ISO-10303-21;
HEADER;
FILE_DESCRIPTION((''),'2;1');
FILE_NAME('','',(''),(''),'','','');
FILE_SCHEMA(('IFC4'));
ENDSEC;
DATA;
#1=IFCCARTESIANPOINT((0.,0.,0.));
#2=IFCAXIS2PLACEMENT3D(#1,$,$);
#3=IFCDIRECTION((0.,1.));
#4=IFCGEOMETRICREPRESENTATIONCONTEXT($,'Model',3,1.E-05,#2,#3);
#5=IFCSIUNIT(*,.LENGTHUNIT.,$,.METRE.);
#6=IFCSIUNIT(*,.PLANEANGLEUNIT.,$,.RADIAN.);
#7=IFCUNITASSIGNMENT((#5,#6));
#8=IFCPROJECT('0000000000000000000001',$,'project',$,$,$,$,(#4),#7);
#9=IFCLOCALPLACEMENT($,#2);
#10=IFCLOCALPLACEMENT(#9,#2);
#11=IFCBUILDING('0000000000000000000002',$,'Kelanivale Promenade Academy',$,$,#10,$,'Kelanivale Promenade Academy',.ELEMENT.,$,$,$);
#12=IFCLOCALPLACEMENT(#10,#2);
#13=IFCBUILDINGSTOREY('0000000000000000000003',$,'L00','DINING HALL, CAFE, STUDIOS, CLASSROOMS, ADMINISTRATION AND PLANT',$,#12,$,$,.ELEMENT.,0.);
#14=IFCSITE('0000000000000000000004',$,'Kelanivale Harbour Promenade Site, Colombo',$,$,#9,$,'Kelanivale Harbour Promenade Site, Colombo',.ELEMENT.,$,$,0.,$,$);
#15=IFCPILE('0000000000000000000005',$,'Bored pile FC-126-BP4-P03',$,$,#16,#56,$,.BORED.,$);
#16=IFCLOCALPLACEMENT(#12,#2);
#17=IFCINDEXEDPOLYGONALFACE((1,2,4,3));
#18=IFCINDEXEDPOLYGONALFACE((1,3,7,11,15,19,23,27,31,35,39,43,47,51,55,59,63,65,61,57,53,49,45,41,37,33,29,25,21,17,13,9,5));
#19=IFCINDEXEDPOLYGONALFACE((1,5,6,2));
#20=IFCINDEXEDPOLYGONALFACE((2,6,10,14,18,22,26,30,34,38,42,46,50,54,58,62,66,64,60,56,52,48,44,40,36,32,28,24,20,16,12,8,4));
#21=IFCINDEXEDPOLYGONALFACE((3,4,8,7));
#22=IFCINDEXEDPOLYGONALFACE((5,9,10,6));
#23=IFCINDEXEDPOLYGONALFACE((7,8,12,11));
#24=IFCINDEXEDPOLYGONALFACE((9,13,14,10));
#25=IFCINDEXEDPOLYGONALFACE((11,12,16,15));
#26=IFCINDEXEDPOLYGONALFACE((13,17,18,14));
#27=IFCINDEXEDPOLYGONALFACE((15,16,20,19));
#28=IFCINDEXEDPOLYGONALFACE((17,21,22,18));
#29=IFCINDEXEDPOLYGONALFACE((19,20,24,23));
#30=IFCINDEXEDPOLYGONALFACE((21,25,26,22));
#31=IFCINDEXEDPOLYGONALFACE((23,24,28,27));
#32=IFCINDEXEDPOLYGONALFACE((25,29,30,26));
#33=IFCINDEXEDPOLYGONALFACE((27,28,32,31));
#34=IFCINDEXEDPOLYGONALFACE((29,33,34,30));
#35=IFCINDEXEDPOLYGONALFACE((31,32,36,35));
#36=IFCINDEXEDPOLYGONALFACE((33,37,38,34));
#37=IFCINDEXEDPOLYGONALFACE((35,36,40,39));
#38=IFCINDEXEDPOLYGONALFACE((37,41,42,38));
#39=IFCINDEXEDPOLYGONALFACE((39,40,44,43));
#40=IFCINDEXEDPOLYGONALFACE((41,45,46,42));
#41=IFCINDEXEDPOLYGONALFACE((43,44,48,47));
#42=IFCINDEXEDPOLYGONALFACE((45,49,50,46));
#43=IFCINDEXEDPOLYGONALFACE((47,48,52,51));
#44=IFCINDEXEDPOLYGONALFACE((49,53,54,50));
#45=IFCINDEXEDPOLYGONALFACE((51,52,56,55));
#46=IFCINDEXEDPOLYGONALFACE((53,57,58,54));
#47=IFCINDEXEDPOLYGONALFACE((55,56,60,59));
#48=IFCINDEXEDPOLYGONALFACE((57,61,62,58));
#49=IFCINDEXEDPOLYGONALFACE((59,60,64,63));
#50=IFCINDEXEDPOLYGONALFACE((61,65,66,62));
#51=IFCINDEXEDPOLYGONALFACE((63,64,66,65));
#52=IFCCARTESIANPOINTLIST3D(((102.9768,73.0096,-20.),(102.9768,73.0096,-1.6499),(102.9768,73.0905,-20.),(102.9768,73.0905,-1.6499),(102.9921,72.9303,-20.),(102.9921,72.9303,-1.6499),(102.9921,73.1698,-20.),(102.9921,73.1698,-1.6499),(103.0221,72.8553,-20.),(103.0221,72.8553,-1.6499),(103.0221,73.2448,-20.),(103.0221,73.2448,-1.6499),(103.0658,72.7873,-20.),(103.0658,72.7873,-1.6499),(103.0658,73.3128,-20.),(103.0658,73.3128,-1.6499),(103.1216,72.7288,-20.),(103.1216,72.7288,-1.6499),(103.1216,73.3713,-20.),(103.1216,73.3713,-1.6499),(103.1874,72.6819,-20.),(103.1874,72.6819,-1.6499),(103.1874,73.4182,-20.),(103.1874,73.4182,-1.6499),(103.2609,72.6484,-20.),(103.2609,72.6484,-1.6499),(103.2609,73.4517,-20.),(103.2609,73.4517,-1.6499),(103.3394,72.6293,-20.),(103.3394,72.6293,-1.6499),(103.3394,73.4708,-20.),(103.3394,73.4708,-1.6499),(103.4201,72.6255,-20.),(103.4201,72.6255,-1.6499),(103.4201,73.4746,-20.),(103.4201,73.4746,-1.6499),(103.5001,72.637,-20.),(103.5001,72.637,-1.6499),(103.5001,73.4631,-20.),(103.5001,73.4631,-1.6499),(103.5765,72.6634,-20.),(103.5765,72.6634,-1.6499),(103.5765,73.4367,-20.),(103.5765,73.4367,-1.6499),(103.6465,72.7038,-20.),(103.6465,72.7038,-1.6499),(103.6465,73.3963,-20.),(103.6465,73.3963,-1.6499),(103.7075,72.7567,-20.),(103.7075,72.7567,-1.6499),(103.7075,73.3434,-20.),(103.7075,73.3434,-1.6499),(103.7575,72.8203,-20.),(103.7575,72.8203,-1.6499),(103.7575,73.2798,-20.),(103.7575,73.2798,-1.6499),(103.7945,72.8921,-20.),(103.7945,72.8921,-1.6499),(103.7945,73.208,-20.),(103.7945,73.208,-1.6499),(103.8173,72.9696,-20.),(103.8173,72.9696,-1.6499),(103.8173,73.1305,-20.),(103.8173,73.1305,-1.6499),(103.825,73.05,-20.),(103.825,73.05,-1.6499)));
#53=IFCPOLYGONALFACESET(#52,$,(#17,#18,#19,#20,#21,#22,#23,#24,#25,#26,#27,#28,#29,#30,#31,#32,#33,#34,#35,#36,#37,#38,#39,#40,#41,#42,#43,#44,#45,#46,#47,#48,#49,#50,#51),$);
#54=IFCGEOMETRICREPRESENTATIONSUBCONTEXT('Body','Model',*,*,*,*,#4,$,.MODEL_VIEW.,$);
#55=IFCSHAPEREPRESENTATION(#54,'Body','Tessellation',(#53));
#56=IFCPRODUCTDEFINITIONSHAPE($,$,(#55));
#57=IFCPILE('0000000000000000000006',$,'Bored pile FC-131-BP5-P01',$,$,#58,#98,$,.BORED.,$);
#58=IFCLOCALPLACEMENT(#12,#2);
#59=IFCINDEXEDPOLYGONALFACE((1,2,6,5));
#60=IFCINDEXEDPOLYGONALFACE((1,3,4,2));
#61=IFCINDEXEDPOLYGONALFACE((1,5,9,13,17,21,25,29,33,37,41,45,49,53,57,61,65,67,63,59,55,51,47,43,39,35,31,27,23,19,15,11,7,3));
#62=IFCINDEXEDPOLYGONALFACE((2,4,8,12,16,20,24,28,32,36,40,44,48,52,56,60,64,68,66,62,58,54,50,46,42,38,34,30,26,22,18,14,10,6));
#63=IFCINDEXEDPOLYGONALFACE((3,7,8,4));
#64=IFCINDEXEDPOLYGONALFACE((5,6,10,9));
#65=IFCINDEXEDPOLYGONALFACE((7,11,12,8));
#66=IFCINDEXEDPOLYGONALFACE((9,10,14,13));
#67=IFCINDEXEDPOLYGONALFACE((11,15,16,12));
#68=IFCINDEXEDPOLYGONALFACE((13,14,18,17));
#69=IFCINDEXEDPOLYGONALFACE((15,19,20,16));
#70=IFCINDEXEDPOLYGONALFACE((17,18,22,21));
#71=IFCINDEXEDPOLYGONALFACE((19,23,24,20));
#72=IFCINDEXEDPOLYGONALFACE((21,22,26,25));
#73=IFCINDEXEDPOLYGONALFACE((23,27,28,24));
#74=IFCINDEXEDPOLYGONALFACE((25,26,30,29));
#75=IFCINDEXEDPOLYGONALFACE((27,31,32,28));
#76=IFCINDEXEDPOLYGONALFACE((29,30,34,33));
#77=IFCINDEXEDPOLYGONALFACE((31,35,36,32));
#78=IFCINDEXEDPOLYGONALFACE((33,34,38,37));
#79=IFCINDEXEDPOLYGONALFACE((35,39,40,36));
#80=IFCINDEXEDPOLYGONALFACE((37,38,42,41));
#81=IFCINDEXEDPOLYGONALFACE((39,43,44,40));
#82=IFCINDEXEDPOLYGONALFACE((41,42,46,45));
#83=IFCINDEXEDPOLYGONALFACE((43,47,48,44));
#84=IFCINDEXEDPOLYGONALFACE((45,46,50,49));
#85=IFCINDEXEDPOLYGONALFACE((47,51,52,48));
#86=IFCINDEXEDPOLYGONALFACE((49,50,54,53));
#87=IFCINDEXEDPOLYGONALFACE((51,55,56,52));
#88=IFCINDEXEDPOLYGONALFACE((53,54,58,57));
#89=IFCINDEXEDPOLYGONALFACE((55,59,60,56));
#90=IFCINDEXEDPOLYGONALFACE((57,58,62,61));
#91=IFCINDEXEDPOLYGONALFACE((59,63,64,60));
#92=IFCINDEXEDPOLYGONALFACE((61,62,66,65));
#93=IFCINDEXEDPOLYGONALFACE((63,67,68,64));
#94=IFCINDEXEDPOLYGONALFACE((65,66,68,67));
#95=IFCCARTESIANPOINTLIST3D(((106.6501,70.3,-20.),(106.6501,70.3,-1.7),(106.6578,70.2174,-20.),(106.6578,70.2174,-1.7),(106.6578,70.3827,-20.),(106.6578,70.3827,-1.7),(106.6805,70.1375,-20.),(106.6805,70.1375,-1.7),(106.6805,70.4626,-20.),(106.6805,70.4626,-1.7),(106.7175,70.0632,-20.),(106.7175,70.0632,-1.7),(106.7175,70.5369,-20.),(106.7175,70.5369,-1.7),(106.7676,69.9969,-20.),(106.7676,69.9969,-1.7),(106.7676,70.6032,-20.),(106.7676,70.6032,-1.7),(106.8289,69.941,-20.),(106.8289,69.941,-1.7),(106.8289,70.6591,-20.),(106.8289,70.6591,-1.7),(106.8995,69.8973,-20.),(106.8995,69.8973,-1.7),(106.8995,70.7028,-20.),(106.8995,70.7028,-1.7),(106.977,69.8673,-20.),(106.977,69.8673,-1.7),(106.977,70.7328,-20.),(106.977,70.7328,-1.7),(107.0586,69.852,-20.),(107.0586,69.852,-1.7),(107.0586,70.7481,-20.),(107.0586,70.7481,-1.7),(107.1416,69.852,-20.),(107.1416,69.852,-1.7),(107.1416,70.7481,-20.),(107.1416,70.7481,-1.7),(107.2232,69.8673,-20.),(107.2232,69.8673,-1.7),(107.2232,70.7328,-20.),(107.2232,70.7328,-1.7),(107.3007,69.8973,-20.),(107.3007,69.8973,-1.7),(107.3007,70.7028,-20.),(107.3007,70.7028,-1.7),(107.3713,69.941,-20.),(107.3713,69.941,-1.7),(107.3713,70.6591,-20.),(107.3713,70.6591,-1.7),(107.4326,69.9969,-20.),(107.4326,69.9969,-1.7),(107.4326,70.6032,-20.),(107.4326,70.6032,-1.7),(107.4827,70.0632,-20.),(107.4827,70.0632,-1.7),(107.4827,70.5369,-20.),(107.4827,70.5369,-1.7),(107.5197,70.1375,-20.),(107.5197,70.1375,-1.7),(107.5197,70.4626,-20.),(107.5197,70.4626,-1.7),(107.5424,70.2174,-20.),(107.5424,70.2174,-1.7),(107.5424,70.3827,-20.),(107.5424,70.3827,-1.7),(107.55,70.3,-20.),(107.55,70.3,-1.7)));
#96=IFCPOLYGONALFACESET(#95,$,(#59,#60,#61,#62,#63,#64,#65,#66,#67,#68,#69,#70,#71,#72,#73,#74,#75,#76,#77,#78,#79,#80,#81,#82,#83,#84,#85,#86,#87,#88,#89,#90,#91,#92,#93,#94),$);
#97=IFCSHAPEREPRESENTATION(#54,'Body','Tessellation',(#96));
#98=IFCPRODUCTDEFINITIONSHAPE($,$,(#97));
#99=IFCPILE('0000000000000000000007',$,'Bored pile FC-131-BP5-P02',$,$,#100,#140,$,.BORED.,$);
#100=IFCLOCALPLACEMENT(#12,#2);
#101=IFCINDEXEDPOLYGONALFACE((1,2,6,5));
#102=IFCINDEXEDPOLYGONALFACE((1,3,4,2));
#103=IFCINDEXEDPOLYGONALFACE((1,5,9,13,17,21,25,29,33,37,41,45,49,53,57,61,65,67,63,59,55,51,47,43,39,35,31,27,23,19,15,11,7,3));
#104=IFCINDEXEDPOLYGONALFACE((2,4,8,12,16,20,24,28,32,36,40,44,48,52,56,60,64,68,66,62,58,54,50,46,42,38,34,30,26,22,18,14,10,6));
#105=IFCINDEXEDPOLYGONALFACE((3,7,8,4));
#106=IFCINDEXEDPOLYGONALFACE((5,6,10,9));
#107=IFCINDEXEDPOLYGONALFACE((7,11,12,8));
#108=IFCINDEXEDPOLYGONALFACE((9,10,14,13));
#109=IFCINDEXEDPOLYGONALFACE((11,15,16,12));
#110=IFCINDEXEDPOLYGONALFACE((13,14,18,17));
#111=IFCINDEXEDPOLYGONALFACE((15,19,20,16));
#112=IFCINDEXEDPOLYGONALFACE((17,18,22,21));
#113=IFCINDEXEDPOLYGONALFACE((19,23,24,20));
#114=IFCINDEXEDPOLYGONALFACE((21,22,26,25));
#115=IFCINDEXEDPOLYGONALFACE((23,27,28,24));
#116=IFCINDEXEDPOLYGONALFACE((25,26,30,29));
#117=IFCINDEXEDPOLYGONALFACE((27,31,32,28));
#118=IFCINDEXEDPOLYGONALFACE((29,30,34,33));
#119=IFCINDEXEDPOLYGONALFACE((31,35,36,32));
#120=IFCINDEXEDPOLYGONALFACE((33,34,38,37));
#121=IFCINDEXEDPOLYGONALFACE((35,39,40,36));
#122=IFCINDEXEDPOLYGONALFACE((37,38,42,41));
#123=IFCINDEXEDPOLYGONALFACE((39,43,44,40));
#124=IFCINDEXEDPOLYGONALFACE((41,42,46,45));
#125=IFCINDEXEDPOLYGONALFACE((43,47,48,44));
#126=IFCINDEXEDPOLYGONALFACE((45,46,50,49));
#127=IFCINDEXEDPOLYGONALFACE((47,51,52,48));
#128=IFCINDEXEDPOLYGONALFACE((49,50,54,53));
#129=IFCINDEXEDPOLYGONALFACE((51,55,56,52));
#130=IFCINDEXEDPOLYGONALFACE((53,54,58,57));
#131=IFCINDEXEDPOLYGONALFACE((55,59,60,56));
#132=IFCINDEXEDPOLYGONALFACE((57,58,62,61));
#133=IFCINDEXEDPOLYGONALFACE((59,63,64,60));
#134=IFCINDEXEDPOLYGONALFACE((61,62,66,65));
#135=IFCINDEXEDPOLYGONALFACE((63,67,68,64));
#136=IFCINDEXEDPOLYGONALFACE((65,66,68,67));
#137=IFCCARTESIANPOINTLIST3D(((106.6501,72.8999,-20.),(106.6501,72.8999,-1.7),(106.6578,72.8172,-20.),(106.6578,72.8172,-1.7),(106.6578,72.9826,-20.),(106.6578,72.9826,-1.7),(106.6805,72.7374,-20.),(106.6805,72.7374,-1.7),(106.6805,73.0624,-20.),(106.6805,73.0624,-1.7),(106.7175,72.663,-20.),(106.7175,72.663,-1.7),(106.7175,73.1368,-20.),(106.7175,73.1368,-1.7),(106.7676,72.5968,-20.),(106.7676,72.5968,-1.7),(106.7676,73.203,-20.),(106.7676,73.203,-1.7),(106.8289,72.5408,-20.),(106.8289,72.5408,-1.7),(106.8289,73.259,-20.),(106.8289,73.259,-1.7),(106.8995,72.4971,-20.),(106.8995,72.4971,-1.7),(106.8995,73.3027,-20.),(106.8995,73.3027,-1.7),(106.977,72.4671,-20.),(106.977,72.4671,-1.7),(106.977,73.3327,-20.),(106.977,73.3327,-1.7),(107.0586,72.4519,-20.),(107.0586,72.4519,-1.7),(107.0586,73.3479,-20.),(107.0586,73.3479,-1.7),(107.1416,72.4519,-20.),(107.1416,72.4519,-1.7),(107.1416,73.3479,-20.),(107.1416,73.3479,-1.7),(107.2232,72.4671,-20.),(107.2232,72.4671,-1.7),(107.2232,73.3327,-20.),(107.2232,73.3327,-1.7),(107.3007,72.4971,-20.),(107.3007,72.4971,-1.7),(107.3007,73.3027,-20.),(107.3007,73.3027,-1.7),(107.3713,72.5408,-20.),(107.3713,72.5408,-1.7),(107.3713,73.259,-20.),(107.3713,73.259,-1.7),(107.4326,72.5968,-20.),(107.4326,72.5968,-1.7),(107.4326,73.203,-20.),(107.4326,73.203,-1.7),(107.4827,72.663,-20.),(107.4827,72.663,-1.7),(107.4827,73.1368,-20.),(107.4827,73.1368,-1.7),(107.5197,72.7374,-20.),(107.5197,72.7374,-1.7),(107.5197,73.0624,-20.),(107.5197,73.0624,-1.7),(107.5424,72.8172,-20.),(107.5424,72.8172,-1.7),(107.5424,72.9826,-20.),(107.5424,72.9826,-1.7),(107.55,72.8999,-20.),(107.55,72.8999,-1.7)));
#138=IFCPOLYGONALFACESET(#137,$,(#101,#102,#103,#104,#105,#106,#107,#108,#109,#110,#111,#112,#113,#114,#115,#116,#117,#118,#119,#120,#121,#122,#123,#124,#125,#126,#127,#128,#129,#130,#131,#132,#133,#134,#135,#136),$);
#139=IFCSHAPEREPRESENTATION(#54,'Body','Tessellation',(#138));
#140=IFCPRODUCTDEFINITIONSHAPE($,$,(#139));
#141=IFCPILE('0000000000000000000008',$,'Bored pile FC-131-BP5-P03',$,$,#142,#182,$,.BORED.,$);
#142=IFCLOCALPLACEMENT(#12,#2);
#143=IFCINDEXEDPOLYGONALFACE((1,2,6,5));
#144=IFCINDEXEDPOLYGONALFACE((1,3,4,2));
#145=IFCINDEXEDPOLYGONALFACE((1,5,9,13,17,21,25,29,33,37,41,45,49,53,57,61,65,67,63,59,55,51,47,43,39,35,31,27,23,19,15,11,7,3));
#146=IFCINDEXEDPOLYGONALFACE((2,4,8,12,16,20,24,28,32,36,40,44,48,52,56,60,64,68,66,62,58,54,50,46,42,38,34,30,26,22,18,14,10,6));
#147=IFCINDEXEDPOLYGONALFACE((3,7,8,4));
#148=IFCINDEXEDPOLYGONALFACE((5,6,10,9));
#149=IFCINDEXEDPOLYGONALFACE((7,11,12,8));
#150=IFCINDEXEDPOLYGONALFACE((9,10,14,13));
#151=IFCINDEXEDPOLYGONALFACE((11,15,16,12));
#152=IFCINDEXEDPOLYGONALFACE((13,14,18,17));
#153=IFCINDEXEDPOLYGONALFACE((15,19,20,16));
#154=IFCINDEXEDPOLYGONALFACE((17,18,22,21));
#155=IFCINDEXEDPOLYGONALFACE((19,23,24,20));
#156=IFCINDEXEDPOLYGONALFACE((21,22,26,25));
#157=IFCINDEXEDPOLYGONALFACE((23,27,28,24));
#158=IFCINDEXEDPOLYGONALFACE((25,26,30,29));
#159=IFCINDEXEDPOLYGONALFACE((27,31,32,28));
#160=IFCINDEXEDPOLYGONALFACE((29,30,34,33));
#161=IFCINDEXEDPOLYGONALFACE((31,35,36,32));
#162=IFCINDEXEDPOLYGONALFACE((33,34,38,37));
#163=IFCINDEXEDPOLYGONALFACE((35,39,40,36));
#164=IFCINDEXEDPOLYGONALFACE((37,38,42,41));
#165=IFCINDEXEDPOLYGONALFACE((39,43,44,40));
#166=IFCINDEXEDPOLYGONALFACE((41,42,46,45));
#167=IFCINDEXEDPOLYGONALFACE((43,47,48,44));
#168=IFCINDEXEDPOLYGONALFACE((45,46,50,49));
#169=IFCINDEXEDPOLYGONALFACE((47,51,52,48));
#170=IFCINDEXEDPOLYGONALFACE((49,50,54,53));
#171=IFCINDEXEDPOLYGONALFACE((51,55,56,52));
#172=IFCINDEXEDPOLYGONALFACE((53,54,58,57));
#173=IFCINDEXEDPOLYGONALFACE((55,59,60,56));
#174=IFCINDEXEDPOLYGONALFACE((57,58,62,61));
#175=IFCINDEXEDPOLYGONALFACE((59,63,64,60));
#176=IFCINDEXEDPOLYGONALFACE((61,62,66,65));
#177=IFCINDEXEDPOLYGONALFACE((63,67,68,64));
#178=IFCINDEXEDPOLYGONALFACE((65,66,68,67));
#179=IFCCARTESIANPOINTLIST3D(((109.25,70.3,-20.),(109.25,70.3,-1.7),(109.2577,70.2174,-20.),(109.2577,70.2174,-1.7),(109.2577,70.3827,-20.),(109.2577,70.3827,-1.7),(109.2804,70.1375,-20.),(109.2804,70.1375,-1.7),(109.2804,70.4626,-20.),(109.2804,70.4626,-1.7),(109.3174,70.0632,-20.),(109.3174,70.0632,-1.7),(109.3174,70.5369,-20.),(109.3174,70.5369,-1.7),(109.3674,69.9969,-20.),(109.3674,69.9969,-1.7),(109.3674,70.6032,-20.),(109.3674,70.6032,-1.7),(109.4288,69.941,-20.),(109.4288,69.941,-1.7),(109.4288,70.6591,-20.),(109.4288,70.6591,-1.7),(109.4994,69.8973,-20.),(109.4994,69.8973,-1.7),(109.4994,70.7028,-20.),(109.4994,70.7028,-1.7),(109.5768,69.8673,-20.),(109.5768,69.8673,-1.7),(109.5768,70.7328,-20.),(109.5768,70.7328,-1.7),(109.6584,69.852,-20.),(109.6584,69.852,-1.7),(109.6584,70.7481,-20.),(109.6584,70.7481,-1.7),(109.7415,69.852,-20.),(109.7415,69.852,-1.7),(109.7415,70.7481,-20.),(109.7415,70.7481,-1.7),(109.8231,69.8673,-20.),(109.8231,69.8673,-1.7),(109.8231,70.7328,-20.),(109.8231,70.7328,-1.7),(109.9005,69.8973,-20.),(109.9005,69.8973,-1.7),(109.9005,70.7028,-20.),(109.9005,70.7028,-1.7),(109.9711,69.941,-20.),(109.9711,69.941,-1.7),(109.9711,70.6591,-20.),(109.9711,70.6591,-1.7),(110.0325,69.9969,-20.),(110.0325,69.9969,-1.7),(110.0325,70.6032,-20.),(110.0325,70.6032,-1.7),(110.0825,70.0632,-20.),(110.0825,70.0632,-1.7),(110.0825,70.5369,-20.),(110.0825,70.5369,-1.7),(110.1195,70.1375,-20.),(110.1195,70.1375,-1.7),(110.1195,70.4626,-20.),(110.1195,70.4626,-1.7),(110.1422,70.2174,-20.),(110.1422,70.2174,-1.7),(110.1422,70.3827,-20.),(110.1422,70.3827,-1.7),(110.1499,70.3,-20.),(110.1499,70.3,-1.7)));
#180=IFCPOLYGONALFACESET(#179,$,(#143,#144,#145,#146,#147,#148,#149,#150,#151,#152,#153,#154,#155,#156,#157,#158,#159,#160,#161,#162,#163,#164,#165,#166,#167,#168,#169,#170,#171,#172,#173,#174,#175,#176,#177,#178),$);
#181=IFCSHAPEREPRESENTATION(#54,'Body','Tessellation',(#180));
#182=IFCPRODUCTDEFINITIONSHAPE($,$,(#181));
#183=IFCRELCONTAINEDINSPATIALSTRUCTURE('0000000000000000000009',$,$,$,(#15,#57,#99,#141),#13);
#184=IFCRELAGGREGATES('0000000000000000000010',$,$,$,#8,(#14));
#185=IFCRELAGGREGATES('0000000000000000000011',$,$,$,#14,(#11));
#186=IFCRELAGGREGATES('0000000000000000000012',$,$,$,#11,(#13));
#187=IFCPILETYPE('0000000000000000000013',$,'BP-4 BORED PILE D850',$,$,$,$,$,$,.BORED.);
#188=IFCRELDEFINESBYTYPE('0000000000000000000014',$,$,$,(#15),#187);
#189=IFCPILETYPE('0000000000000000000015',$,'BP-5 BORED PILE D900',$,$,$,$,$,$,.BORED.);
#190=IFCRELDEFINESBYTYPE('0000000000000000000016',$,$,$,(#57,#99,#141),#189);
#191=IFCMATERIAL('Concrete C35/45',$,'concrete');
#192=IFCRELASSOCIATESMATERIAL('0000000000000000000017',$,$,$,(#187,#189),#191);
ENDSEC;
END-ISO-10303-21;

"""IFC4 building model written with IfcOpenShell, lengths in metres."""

from ifc_helpers import new_model, si_unit, direction, frame, origin, origin_2d, place, context, subcontext, project, spatial, circle, extrude, material, material_profile, profile_set, type_object, element, save


model = new_model("IFC4")

# Units and contexts
model_context = context("Model", 3, precision=1e-05, world=origin(), true_north=direction((0.0, 1.0)))
body_context = subcontext(model_context, "Body", "Model", "MODEL_VIEW")
ifc_project = project(units=[si_unit("LENGTHUNIT", "METRE"), si_unit("PLANEANGLEUNIT", "RADIAN")], contexts=[model_context])

# Site, building, storey
site_placement = place(None, origin())
site = spatial("IfcSite", under=ifc_project, at=site_placement, Name="Kelanivale Harbour Promenade Site, Colombo", LongName="Kelanivale Harbour Promenade Site, Colombo", CompositionType="ELEMENT", RefElevation=0.0)
building_placement = place(site_placement, origin())
building = spatial("IfcBuilding", under=site, at=building_placement, Name="Kelanivale Promenade Academy", LongName="Kelanivale Promenade Academy", CompositionType="ELEMENT")
storey_placement = place(building_placement, origin())
storey = spatial("IfcBuildingStorey", under=building, at=storey_placement, Name="L00", Description="DINING HALL, CAFE, STUDIOS, CLASSROOMS, ADMINISTRATION AND PLANT", CompositionType="ELEMENT", Elevation=0.0)

# Piles
ifc_material_1 = material(Name="Concrete C35/45", Category="concrete")
ifc_material_profile_1 = material_profile(ifc_material_1, circle(Radius=0.425, at=origin_2d()), Name="BORED PILE D850")
ifc_profile_set_1 = profile_set([ifc_material_profile_1], Name="Concrete C35/45")
pile_type_1 = type_object("IfcPileType", Name="BP-4 BORED PILE D850", PredefinedType="BORED", material=ifc_profile_set_1)
pile_placement = place(storey_placement, frame((103.3999, 73.05, -1.6499), z_axis=(0.0, 0.0, -1.0), x_axis=(1.0, 0.0, 0.0)))
element("IfcPile", 1, at=pile_placement, inside=storey, type_object=pile_type_1, Name="Bored pile FC-126-BP4-P03", PredefinedType="BORED", context=body_context, shape_type="SweptSolid", body=[
    extrude(circle(Radius=0.425, at=origin_2d()), origin(), (0.0, 0.0, 1.0), 18.3501),
])
ifc_material_profile_2 = material_profile(ifc_material_1, circle(Radius=0.45, at=origin_2d()), Name="BORED PILE D900")
ifc_profile_set_2 = profile_set([ifc_material_profile_2], Name="Concrete C35/45")
pile_type_2 = type_object("IfcPileType", Name="BP-5 BORED PILE D900", PredefinedType="BORED", material=ifc_profile_set_2)
for number, where, z_axis, x_axis, name in (
    (2, (107.1001, 70.3, -1.7), (0.0, 0.0, -1.0), (1.0, 0.0, 0.0), "Bored pile FC-131-BP5-P01"),
    (3, (107.1001, 72.8999, -1.7), (0.0, 0.0, -1.0), (1.0, 0.0, 0.0), "Bored pile FC-131-BP5-P02"),
    (4, (109.7, 70.3, -1.7), (0.0, 0.0, -1.0), (1.0, 0.0, 0.0), "Bored pile FC-131-BP5-P03"),
):
    element("IfcPile", number, at=place(storey_placement, frame(where, z_axis=z_axis, x_axis=x_axis)), inside=storey, type_object=pile_type_2, Name=name, PredefinedType="BORED", context=body_context, shape_type="SweptSolid", body=[
        extrude(circle(Radius=0.45, at=origin_2d()), origin(), (0.0, 0.0, 1.0), 18.3),
    ])

save(model, "model.ifc")
